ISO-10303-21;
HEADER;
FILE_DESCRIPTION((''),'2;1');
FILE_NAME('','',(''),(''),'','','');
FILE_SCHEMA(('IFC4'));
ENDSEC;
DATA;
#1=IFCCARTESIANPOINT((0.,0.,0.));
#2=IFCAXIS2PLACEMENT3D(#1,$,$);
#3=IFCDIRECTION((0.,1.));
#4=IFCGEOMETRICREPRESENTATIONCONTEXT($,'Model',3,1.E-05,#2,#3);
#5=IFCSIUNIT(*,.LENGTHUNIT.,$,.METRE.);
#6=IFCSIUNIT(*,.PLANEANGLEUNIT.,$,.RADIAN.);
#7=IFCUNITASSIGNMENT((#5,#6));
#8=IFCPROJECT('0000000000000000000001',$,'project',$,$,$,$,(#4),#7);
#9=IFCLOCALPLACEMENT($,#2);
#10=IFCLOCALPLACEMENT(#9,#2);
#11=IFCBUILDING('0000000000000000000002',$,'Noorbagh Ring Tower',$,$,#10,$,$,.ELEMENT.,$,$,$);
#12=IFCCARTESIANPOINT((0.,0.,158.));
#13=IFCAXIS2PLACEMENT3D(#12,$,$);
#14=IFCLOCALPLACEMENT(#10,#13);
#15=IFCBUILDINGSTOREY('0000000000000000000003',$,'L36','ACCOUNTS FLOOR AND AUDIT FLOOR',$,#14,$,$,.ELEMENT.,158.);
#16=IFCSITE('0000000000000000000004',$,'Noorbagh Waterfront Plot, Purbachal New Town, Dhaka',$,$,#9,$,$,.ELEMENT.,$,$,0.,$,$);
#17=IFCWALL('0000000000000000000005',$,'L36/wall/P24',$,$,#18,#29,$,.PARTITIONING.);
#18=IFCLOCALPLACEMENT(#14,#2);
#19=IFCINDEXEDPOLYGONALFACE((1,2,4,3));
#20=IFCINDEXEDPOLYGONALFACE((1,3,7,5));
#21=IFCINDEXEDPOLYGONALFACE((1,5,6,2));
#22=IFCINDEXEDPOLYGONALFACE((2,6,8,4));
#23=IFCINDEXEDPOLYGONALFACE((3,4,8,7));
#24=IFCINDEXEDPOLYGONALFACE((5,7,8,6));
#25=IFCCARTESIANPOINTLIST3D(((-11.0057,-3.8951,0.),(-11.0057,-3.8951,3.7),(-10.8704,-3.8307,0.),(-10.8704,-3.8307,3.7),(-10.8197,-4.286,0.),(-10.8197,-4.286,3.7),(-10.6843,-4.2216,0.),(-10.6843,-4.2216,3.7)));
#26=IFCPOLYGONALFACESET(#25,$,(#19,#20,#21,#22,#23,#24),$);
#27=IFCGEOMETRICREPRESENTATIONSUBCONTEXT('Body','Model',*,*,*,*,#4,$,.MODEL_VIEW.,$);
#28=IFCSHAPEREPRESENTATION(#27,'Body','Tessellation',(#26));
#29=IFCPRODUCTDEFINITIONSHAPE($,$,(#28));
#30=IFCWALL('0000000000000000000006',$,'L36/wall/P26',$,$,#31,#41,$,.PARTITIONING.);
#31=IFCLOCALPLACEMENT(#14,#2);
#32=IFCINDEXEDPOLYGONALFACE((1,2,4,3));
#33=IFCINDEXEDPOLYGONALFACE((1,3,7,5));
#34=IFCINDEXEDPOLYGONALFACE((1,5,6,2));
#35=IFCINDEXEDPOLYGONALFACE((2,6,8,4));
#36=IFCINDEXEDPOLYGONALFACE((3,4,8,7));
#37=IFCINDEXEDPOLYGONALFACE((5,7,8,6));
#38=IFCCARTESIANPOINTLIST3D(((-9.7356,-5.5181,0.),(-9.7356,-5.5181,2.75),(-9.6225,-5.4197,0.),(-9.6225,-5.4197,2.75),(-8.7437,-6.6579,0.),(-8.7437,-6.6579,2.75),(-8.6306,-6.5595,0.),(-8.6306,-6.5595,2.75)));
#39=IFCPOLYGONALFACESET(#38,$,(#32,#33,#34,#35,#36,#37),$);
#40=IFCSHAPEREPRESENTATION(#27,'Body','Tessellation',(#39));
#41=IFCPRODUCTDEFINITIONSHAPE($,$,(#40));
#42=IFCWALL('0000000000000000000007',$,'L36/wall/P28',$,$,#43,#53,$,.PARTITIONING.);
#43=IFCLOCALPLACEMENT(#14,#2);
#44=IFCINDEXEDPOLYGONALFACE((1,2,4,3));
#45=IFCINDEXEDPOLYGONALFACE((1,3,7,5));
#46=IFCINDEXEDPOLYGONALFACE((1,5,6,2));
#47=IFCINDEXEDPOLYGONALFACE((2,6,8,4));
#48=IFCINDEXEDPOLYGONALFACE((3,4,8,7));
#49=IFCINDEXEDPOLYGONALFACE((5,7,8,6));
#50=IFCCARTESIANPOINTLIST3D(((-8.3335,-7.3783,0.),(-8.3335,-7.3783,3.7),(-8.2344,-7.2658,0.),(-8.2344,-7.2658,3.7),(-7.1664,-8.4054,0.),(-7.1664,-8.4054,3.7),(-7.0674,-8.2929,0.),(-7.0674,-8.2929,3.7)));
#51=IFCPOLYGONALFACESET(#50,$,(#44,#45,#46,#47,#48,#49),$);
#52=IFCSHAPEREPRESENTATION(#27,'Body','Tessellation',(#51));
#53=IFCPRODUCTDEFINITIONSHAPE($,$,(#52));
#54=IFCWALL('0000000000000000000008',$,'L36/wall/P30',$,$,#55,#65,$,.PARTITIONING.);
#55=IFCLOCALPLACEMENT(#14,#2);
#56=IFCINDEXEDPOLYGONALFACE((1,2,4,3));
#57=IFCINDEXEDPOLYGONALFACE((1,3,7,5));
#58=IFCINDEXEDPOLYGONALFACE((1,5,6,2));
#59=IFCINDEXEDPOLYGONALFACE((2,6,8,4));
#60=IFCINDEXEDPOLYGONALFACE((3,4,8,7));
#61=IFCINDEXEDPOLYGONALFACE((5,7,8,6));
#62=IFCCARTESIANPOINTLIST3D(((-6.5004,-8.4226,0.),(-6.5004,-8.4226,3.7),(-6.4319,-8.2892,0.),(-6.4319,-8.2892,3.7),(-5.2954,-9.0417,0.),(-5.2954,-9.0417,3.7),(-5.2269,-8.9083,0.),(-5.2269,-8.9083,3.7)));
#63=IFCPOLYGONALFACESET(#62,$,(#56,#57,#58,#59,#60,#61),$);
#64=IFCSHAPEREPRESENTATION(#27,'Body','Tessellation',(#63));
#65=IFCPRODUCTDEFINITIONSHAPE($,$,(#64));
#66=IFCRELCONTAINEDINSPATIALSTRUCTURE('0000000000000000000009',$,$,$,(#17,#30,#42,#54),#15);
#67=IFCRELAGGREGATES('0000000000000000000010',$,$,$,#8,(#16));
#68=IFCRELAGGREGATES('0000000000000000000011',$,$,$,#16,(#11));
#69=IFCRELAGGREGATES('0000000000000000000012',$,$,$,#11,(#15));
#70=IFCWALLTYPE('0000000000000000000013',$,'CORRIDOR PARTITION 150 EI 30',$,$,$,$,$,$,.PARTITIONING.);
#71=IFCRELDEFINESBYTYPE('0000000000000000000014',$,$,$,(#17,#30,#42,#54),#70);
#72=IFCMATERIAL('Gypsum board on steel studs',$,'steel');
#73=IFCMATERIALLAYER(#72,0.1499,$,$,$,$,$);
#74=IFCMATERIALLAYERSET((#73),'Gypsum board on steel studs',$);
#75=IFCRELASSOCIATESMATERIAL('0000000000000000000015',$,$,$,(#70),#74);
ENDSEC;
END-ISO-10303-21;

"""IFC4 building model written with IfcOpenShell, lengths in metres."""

from ifc_helpers import new_model, si_unit, direction, frame, frame_2d, origin, place, context, subcontext, project, spatial, rectangle, extrude, material, layer, layer_set, type_object, element, save


model = new_model("IFC4")

# Units and contexts
model_context = context("Model", 3, precision=1e-05, world=origin(), true_north=direction((0.0, 1.0)))
body_context = subcontext(model_context, "Body", "Model", "MODEL_VIEW")
ifc_project = project(units=[si_unit("LENGTHUNIT", "METRE"), si_unit("PLANEANGLEUNIT", "RADIAN")], contexts=[model_context])

# Site, building, storey
site_placement = place(None, origin())
site = spatial("IfcSite", under=ifc_project, at=site_placement, Name="Noorbagh Waterfront Plot, Purbachal New Town, Dhaka", CompositionType="ELEMENT", RefElevation=0.0)
building_placement = place(site_placement, origin())
building = spatial("IfcBuilding", under=site, at=building_placement, Name="Noorbagh Ring Tower", CompositionType="ELEMENT")
storey_placement = place(building_placement, frame((0.0, 0.0, 158.0)))
storey = spatial("IfcBuildingStorey", under=building, at=storey_placement, Name="L36", Description="ACCOUNTS FLOOR AND AUDIT FLOOR", CompositionType="ELEMENT", Elevation=158.0)

# Shared definitions
ifc_material_1 = material(Name="Gypsum board on steel studs", Category="steel")
ifc_layer_1 = layer(ifc_material_1, 0.1499)
ifc_layer_set_1 = layer_set([ifc_layer_1], Name="Gypsum board on steel studs")
wall_type_1 = type_object("IfcWallType", Name="CORRIDOR PARTITION 150 EI 30", PredefinedType="PARTITIONING", material=ifc_layer_set_1)

# Walls
wall_1_placement = place(storey_placement, frame((-10.938, -3.863, 0.0), z_axis=(0.0, 0.0, 1.0), x_axis=(0.429758, -0.902944, 0.0)))
element("IfcWall", 1, at=wall_1_placement, inside=storey, type_object=wall_type_1, Name="L36/wall/P24", PredefinedType="PARTITIONING", context=body_context, shape_type="SweptSolid", body=[
    extrude(rectangle(XDim=0.4329, YDim=0.1499, at=frame_2d((0.2163, 0.0))), origin(), (0.0, 0.0, 1.0), 3.7),
])
wall_2_placement = place(storey_placement, frame((-9.679, -5.469, 0.0), z_axis=(0.0, 0.0, 1.0), x_axis=(0.656455, -0.754365, 0.0)))
element("IfcWall", 2, at=wall_2_placement, inside=storey, type_object=wall_type_1, Name="L36/wall/P26", PredefinedType="PARTITIONING", context=body_context, shape_type="SweptSolid", body=[
    extrude(rectangle(XDim=1.511, YDim=0.1499, at=frame_2d((0.7554, 0.0))), origin(), (0.0, 0.0, 1.0), 2.75),
])
wall_3_placement = place(storey_placement, frame((-8.2839, -7.322, 0.0), z_axis=(0.0, 0.0, 1.0), x_axis=(0.750667, -0.660681, 0.0)))
element("IfcWall", 3, at=wall_3_placement, inside=storey, type_object=wall_type_1, Name="L36/wall/P28", PredefinedType="PARTITIONING", context=body_context, shape_type="SweptSolid", body=[
    extrude(rectangle(XDim=1.5547, YDim=0.1499, at=frame_2d((0.7773, 0.0))), origin(), (0.0, 0.0, 1.0), 3.7),
])
wall_4_placement = place(storey_placement, frame((-6.4661, -8.356, 0.0), z_axis=(0.0, 0.0, 1.0), x_axis=(0.889472, -0.45699, 0.0)))
element("IfcWall", 4, at=wall_4_placement, inside=storey, type_object=wall_type_1, Name="L36/wall/P30", PredefinedType="PARTITIONING", context=body_context, shape_type="SweptSolid", body=[
    extrude(rectangle(XDim=1.3547, YDim=0.1499, at=frame_2d((0.6772, 0.0))), origin(), (0.0, 0.0, 1.0), 3.7),
])

save(model, "model.ifc")
